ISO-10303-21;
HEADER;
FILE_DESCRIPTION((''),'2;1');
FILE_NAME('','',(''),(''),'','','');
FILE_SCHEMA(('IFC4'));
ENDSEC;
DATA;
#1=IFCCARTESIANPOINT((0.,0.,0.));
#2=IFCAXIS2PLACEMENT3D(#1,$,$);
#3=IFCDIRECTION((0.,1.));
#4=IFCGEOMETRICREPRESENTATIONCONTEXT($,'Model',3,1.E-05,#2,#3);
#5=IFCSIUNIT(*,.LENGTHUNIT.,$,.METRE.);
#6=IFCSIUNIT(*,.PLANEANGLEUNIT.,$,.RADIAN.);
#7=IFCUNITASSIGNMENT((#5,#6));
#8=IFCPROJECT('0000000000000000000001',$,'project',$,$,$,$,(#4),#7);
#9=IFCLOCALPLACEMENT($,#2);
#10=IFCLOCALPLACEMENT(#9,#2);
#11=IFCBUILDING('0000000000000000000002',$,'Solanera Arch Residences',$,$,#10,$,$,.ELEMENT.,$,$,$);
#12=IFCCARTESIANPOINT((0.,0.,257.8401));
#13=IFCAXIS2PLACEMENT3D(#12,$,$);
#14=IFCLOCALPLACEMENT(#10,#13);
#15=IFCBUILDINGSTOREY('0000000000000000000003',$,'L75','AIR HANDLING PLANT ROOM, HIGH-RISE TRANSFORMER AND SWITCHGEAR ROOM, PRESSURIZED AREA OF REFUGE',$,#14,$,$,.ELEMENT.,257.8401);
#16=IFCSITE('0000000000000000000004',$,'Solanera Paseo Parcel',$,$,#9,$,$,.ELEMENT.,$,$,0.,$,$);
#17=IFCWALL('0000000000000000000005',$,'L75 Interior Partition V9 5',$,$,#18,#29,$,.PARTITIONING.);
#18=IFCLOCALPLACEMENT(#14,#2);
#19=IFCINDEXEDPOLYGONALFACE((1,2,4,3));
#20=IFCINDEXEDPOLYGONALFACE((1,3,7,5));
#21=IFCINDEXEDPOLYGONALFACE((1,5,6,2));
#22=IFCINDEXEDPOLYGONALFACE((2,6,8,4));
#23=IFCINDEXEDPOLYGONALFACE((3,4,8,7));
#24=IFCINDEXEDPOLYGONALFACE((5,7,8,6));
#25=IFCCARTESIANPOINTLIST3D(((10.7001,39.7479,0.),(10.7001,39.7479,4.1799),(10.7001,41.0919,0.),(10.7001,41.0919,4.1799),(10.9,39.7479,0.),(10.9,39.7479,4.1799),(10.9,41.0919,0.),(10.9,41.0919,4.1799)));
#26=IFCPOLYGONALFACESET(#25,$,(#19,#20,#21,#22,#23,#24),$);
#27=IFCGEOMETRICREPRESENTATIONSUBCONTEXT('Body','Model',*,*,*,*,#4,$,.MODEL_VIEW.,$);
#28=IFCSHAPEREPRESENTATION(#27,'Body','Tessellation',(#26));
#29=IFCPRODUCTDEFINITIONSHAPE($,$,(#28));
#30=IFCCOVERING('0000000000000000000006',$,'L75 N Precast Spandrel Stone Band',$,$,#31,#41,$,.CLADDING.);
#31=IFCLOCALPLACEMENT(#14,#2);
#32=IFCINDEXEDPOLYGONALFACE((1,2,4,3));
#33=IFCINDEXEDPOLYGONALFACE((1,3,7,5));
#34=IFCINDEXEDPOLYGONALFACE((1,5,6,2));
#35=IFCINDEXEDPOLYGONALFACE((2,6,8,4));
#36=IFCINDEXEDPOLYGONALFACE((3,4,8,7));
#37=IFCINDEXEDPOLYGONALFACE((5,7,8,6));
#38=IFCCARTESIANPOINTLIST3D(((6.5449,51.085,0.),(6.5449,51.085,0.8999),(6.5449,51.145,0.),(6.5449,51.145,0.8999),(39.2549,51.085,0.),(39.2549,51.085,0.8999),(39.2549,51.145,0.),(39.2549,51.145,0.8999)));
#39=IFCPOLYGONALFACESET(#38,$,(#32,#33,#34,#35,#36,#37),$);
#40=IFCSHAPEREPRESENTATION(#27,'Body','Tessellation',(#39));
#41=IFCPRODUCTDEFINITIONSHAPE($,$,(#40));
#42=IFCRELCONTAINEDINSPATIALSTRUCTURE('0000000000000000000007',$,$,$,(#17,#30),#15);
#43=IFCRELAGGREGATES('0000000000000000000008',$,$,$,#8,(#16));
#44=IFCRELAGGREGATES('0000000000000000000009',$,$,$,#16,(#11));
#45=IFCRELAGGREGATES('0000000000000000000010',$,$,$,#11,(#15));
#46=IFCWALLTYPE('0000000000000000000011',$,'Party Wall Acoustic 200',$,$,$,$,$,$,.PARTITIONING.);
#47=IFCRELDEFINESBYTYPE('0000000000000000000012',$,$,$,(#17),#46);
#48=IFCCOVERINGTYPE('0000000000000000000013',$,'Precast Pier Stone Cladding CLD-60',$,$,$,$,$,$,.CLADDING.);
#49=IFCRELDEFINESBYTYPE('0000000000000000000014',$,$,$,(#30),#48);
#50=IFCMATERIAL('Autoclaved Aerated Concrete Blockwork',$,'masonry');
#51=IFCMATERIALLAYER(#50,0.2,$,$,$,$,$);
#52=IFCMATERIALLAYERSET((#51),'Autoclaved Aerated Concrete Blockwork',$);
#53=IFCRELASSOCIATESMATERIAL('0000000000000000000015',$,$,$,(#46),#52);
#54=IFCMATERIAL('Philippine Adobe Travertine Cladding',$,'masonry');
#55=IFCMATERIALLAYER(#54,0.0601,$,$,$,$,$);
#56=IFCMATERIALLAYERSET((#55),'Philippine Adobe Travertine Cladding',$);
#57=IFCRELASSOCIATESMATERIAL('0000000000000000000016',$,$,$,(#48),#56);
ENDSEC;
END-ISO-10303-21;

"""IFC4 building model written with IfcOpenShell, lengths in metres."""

from ifc_helpers import new_model, si_unit, direction, frame, frame_2d, origin, place, context, subcontext, project, spatial, rectangle, extrude, material, layer, layer_set, type_object, element, save


model = new_model("IFC4")

# Units and contexts
model_context = context("Model", 3, precision=1e-05, world=origin(), true_north=direction((0.0, 1.0)))
body_context = subcontext(model_context, "Body", "Model", "MODEL_VIEW")
ifc_project = project(units=[si_unit("LENGTHUNIT", "METRE"), si_unit("PLANEANGLEUNIT", "RADIAN")], contexts=[model_context])

# Site, building, storey
site_placement = place(None, origin())
site = spatial("IfcSite", under=ifc_project, at=site_placement, Name="Solanera Paseo Parcel", CompositionType="ELEMENT", RefElevation=0.0)
building_placement = place(site_placement, origin())
building = spatial("IfcBuilding", under=site, at=building_placement, Name="Solanera Arch Residences", CompositionType="ELEMENT")
storey_placement = place(building_placement, frame((0.0, 0.0, 257.8401)))
storey = spatial("IfcBuildingStorey", under=building, at=storey_placement, Name="L75", Description="AIR HANDLING PLANT ROOM, HIGH-RISE TRANSFORMER AND SWITCHGEAR ROOM, PRESSURIZED AREA OF REFUGE", CompositionType="ELEMENT", Elevation=257.8401)

# Shared definitions
ifc_material_1 = material(Name="Autoclaved Aerated Concrete Blockwork", Category="masonry")
ifc_layer_1 = layer(ifc_material_1, 0.2)
ifc_layer_set_1 = layer_set([ifc_layer_1], Name="Autoclaved Aerated Concrete Blockwork")
wall_type_1 = type_object("IfcWallType", Name="Party Wall Acoustic 200", PredefinedType="PARTITIONING", material=ifc_layer_set_1)

# Wall
wall_1_placement = place(storey_placement, frame((10.8, 39.748, 0.0), z_axis=(0.0, 0.0, 1.0), x_axis=(0.0, 1.0, 0.0)))
element("IfcWall", 1, at=wall_1_placement, inside=storey, type_object=wall_type_1, Name="L75 Interior Partition V9 5", PredefinedType="PARTITIONING", context=body_context, shape_type="SweptSolid", body=[
    extrude(rectangle(XDim=1.344, YDim=0.2, at=frame_2d((0.6719, 0.0))), origin(), (0.0, 0.0, 1.0), 4.1799),
])

# Covering
ifc_material_2 = material(Name="Philippine Adobe Travertine Cladding", Category="masonry")
ifc_layer_2 = layer(ifc_material_2, 0.0601)
ifc_layer_set_2 = layer_set([ifc_layer_2], Name="Philippine Adobe Travertine Cladding")
covering_type = type_object("IfcCoveringType", Name="Precast Pier Stone Cladding CLD-60", PredefinedType="CLADDING", material=ifc_layer_set_2)
covering_placement = place(storey_placement, frame((6.5449, 51.115, 0.0), z_axis=(0.0, 0.0, 1.0), x_axis=(1.0, 0.0, 0.0)))
element("IfcCovering", 2, at=covering_placement, inside=storey, type_object=covering_type, Name="L75 N Precast Spandrel Stone Band", PredefinedType="CLADDING", context=body_context, shape_type="SweptSolid", body=[
    extrude(rectangle(XDim=32.71, YDim=0.0601, at=frame_2d((16.355, 0.0))), origin(), (0.0, 0.0, 1.0), 0.8999),
])

save(model, "model.ifc")
